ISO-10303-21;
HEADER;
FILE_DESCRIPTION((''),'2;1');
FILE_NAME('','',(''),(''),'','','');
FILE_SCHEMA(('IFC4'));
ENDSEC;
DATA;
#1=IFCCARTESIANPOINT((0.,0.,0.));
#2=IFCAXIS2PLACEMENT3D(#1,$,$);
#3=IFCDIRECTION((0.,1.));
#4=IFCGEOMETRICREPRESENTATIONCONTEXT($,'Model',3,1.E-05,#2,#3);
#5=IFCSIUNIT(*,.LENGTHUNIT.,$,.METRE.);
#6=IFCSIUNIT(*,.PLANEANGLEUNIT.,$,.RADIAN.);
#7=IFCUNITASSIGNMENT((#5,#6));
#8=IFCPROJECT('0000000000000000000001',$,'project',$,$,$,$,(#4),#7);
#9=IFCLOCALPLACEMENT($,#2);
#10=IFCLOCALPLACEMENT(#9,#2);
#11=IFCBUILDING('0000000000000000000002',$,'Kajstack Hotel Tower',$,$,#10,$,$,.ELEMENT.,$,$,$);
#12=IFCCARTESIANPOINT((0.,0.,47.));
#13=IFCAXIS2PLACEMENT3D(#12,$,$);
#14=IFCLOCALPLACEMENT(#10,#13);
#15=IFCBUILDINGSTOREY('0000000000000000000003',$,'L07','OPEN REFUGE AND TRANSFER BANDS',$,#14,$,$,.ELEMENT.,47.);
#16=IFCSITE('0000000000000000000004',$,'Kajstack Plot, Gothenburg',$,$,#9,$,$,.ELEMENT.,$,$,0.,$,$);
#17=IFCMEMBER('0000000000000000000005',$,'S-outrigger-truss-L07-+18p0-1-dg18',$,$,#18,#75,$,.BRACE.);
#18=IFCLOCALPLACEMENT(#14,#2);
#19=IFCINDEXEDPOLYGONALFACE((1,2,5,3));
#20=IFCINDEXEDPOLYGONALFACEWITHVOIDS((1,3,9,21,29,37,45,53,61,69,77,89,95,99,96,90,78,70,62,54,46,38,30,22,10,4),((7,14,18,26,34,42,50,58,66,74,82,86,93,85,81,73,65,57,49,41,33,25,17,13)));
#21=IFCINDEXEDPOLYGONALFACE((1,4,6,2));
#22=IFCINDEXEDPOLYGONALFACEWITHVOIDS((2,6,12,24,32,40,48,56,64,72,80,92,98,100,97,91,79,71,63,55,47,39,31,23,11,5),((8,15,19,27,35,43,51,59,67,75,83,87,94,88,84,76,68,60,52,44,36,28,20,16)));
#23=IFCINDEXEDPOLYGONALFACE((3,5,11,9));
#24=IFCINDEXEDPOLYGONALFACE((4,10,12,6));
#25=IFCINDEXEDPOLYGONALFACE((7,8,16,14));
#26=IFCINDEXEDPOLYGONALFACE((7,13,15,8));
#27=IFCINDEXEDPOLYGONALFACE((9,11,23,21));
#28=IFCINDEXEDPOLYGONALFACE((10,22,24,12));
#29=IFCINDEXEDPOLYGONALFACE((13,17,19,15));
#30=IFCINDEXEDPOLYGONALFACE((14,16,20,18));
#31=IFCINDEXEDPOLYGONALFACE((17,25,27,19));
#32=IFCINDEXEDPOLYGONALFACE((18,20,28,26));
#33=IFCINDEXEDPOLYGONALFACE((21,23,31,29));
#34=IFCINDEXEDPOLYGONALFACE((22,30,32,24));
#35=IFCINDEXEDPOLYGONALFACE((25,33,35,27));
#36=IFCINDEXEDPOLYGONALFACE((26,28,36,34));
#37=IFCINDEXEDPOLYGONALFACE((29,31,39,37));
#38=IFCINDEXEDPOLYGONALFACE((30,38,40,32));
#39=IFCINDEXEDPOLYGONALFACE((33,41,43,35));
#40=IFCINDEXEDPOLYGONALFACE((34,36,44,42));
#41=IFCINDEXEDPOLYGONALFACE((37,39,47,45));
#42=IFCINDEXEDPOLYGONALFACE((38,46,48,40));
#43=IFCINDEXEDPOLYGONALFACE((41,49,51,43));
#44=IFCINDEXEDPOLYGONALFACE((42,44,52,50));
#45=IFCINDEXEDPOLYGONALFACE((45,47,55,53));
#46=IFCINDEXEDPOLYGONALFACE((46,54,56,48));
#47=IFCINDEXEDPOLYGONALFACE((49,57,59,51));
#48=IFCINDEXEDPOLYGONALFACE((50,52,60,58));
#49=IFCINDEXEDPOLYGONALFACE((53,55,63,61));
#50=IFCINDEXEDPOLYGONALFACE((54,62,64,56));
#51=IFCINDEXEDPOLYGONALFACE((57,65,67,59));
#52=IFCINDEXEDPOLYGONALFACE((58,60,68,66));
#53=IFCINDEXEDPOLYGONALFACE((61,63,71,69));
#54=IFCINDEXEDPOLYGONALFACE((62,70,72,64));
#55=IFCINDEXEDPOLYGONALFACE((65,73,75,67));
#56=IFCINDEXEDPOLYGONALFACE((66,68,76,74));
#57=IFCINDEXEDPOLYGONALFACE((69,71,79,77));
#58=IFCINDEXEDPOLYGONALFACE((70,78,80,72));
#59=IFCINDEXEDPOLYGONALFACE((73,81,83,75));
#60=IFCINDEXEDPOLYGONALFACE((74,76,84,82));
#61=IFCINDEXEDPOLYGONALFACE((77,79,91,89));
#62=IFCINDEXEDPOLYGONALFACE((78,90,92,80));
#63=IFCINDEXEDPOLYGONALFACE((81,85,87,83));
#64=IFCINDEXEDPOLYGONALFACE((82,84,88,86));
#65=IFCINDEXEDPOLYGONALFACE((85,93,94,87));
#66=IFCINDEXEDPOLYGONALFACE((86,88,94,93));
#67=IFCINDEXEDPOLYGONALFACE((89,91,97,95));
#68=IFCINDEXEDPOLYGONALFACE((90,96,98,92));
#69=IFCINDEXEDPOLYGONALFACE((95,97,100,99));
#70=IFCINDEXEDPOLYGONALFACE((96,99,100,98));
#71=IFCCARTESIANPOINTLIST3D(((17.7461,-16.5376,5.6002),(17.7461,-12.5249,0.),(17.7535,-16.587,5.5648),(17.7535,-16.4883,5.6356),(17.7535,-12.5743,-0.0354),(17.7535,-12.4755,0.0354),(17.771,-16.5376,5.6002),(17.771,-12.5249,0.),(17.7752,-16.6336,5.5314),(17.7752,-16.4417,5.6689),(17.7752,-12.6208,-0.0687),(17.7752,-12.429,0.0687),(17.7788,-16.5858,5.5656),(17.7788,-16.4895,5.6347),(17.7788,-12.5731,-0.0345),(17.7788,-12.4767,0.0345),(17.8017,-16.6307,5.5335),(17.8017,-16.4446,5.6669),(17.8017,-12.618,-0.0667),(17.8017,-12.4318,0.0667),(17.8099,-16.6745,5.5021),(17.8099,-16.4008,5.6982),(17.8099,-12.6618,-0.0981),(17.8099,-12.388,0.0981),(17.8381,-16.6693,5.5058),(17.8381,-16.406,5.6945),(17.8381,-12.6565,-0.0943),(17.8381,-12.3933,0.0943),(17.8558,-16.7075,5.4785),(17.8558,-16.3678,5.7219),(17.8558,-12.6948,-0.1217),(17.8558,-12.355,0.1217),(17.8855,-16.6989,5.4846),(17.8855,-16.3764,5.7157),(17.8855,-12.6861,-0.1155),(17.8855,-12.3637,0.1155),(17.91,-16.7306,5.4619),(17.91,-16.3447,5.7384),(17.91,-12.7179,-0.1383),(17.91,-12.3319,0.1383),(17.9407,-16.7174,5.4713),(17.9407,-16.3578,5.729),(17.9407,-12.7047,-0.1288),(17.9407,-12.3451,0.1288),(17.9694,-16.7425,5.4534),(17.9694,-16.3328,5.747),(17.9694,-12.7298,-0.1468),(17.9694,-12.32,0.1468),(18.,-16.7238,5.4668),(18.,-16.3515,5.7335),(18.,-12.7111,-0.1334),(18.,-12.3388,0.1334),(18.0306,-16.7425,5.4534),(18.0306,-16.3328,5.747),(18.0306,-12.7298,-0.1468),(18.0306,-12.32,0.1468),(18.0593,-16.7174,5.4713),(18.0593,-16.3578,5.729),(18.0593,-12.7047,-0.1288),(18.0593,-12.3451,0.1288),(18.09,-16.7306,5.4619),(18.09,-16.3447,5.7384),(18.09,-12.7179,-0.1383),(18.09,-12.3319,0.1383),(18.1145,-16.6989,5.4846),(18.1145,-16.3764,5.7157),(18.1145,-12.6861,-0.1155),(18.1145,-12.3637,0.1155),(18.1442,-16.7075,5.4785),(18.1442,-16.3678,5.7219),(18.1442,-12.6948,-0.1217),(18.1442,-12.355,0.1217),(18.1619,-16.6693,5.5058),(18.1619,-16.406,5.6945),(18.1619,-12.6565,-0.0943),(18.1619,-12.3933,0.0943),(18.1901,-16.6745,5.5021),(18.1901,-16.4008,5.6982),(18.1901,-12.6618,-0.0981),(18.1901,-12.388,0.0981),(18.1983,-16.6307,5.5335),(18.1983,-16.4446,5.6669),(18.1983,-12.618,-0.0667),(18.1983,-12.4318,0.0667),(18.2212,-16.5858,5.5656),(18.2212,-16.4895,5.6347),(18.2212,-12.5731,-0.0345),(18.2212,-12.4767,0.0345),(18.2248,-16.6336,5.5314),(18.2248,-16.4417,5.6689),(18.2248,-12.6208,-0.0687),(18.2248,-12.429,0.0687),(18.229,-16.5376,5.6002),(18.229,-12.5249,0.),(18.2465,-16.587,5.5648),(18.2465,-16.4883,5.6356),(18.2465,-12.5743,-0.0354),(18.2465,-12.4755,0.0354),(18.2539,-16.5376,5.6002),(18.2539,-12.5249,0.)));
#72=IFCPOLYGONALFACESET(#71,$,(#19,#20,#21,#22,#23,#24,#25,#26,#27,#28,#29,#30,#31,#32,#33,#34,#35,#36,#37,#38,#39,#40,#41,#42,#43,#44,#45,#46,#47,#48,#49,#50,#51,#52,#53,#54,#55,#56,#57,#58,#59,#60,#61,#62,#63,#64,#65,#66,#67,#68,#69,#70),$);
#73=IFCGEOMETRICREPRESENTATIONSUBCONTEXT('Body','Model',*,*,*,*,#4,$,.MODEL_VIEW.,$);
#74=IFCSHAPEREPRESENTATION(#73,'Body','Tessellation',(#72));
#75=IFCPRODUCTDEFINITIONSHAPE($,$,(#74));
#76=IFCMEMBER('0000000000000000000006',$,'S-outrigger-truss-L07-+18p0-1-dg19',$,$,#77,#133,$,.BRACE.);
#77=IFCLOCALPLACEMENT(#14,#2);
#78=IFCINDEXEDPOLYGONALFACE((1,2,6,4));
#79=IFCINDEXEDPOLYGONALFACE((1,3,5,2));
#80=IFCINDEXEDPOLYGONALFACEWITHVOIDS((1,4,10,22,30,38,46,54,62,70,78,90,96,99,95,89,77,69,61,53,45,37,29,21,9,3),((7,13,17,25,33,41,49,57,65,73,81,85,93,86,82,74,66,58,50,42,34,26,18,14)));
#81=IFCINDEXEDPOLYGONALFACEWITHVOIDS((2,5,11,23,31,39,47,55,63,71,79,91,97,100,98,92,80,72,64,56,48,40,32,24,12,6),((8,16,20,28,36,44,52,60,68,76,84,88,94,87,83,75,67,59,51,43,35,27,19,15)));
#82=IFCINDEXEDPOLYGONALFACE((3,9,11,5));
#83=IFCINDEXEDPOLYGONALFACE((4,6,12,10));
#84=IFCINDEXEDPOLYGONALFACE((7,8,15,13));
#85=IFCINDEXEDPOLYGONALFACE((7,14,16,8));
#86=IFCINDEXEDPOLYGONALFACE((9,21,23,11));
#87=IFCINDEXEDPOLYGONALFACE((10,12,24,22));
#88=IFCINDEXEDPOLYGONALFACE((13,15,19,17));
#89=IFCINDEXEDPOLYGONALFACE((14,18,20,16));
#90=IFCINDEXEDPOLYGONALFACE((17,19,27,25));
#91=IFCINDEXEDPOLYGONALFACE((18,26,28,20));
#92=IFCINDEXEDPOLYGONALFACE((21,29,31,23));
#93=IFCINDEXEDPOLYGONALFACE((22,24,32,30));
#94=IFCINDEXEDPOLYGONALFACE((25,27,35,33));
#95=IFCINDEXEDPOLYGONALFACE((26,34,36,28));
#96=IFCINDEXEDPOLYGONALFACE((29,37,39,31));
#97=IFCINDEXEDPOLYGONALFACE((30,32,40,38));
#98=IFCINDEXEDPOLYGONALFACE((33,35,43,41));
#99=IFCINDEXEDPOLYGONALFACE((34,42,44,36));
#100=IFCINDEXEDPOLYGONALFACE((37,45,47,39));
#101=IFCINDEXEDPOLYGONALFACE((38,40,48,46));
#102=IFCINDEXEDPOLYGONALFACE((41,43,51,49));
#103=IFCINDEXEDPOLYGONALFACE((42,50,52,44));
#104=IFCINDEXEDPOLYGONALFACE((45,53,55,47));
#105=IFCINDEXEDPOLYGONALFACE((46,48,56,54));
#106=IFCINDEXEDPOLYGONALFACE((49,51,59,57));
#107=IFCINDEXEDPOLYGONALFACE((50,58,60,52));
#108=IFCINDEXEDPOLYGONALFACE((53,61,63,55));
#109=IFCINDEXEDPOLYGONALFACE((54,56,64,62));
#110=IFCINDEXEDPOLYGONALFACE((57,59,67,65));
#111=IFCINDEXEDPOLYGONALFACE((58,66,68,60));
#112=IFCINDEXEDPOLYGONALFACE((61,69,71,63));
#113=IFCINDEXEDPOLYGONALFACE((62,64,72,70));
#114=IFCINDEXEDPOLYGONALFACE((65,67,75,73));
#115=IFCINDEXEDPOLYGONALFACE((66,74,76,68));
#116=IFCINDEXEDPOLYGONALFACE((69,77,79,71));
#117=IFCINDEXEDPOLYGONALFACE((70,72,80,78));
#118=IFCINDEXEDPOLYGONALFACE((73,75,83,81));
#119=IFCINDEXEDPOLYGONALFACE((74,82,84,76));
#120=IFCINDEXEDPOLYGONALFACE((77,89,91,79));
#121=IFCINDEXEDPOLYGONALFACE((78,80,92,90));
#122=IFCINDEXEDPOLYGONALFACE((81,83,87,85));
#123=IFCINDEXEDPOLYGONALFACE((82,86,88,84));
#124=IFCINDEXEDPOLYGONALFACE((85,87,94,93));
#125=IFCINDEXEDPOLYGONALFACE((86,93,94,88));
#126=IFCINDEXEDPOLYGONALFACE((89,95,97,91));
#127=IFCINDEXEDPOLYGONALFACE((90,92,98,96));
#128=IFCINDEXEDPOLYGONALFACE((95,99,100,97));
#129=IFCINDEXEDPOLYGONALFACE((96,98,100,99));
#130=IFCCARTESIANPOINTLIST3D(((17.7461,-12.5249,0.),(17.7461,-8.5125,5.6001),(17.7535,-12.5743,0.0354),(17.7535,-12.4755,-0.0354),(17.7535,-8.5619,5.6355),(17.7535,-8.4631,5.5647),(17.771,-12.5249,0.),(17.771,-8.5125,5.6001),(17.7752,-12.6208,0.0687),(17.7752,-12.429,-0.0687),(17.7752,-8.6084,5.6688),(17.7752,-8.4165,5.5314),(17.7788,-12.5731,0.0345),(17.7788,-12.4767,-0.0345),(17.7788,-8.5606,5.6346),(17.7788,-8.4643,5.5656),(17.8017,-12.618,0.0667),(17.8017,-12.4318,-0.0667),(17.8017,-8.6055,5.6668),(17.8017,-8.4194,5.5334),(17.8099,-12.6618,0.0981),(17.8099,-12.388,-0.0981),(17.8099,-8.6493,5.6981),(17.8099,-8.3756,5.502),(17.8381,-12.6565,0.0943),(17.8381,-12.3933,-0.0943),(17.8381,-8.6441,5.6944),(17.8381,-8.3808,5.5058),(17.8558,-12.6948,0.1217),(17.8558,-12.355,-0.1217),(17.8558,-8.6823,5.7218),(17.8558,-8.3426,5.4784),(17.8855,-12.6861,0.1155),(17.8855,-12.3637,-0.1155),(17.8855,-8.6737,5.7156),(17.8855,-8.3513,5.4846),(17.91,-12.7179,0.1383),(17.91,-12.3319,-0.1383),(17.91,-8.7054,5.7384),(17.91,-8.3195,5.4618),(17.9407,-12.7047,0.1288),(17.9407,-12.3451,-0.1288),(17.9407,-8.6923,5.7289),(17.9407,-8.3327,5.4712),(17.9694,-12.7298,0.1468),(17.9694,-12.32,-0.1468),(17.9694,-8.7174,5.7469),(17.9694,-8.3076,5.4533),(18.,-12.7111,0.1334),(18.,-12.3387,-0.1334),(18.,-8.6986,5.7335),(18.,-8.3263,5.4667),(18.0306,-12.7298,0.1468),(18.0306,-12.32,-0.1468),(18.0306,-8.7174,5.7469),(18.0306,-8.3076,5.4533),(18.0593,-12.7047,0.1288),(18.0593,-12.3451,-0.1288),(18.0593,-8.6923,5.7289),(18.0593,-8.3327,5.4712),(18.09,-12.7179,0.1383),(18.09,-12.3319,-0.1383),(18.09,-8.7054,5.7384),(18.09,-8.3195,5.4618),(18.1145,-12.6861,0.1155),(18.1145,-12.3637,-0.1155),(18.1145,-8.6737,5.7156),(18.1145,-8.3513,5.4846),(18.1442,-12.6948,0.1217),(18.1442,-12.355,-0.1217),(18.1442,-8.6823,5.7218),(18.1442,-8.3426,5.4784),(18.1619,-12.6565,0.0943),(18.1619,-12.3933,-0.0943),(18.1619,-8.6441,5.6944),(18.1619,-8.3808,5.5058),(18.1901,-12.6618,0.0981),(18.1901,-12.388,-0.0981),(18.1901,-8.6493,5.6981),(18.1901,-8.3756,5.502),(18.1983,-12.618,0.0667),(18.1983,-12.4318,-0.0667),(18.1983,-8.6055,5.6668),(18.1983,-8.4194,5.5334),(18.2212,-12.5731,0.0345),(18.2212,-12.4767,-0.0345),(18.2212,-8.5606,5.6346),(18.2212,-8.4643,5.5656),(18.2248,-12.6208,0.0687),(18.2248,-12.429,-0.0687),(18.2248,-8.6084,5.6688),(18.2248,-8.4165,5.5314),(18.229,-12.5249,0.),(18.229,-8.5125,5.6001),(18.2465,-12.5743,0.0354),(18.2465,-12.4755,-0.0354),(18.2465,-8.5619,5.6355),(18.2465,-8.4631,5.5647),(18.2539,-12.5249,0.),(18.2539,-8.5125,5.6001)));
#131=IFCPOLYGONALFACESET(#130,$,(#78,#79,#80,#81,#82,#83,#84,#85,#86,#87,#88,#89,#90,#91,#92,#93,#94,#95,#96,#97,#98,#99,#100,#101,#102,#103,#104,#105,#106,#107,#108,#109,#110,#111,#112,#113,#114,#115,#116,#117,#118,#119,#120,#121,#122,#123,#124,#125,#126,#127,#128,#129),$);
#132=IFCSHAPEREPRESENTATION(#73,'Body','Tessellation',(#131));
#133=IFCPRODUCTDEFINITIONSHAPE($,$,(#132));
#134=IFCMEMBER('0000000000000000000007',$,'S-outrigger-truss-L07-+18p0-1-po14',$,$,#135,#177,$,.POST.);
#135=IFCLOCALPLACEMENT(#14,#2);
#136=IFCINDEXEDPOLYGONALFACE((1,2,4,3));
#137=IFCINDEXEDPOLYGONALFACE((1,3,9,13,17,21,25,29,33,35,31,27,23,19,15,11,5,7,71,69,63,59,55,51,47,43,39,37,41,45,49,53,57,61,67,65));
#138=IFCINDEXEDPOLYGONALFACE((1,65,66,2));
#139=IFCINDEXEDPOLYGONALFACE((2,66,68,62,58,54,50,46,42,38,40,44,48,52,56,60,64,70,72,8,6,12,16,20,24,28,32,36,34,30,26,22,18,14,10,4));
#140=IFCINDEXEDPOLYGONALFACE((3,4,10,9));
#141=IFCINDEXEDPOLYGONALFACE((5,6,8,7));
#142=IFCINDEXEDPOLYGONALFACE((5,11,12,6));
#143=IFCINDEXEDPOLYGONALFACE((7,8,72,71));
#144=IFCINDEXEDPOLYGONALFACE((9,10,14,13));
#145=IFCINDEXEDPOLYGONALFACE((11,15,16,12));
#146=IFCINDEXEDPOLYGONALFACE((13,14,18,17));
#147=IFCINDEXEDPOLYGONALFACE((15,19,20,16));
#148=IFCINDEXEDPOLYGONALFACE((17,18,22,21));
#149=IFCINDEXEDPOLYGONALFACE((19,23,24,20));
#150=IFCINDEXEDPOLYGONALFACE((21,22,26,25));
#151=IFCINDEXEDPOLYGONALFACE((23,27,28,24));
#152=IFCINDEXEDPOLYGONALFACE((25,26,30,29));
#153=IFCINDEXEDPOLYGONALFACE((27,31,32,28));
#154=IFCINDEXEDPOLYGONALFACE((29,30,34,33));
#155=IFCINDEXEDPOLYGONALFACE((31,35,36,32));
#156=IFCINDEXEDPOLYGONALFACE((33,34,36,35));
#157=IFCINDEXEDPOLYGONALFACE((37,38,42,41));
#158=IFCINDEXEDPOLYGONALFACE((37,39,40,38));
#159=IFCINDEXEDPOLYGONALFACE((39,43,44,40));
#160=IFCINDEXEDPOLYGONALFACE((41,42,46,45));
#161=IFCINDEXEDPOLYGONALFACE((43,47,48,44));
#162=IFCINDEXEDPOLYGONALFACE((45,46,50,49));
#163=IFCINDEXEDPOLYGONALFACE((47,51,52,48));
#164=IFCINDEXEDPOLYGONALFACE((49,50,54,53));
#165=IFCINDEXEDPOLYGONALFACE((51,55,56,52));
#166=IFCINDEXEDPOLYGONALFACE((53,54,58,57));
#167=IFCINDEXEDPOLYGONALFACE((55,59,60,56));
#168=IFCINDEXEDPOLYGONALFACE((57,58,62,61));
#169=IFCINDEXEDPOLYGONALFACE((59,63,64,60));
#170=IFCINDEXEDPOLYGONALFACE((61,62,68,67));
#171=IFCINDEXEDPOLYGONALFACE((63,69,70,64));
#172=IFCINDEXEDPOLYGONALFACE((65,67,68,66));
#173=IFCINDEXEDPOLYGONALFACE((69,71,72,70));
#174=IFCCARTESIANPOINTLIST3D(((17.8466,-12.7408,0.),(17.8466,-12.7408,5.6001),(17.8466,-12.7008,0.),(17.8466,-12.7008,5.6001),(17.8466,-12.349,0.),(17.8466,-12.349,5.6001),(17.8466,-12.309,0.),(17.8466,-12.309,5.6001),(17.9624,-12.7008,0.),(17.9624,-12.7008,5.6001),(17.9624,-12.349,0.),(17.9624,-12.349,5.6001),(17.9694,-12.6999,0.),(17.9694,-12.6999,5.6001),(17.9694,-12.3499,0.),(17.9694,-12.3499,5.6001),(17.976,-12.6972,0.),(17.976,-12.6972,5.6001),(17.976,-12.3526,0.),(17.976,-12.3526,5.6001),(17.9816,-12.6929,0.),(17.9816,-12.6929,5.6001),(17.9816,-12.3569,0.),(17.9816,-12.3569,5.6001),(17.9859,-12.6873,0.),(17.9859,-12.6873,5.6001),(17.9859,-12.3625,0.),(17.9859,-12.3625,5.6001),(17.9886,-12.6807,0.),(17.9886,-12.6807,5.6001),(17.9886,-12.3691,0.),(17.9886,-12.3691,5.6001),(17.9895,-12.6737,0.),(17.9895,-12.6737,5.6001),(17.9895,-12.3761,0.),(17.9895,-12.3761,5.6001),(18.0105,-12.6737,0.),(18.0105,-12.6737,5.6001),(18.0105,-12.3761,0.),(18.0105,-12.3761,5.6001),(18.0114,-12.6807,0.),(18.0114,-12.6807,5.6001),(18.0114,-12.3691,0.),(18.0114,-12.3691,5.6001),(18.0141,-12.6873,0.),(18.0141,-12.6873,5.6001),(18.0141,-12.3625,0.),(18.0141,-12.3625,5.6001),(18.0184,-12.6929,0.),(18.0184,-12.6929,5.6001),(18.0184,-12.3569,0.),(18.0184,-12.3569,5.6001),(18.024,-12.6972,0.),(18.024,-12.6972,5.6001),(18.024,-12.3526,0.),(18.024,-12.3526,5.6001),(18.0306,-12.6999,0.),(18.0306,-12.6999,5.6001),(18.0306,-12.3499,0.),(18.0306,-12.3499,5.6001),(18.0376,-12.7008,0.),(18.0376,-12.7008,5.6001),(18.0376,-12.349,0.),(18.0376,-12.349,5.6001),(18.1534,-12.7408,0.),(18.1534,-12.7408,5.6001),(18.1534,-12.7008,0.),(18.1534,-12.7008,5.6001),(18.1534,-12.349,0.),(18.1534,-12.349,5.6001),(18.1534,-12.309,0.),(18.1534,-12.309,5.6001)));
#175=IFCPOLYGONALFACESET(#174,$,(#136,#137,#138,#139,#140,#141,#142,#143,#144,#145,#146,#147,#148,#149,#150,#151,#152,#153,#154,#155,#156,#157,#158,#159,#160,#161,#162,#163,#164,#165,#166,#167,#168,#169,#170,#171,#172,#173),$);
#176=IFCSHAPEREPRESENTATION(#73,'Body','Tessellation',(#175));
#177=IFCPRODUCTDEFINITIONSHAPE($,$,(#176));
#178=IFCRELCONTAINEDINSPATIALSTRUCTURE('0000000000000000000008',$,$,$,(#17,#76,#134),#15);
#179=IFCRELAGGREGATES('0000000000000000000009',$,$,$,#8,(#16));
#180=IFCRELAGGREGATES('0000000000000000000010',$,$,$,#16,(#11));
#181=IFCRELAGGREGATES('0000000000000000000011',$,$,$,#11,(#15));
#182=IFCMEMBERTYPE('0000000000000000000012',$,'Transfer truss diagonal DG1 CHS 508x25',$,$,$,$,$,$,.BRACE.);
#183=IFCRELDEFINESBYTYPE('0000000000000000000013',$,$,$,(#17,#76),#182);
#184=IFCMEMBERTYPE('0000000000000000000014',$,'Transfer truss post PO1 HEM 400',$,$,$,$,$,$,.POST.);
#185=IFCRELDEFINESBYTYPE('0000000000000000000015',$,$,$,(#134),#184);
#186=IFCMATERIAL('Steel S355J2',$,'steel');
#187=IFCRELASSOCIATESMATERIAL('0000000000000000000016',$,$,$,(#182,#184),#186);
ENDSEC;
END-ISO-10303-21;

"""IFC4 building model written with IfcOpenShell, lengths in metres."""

from ifc_helpers import new_model, si_unit, direction, frame, origin, origin_2d, place, context, subcontext, project, spatial, hollow_circle, i_section, extrude, material, material_profile, profile_set, type_object, element, save


model = new_model("IFC4")

# Units and contexts
model_context = context("Model", 3, precision=1e-05, world=origin(), true_north=direction((0.0, 1.0)))
body_context = subcontext(model_context, "Body", "Model", "MODEL_VIEW")
ifc_project = project(units=[si_unit("LENGTHUNIT", "METRE"), si_unit("PLANEANGLEUNIT", "RADIAN")], contexts=[model_context])

# Site, building, storey
site_placement = place(None, origin())
site = spatial("IfcSite", under=ifc_project, at=site_placement, Name="Kajstack Plot, Gothenburg", CompositionType="ELEMENT", RefElevation=0.0)
building_placement = place(site_placement, origin())
building = spatial("IfcBuilding", under=site, at=building_placement, Name="Kajstack Hotel Tower", CompositionType="ELEMENT")
storey_placement = place(building_placement, frame((0.0, 0.0, 47.0)))
storey = spatial("IfcBuildingStorey", under=building, at=storey_placement, Name="L07", Description="OPEN REFUGE AND TRANSFER BANDS", CompositionType="ELEMENT", Elevation=47.0)

# Members
ifc_material = material(Name="Steel S355J2", Category="steel")
ifc_material_profile_1 = material_profile(ifc_material, hollow_circle(Radius=0.2539, WallThickness=0.0249, at=origin_2d()), Name="CHS 508x25")
ifc_profile_set_1 = profile_set([ifc_material_profile_1], Name="Steel S355J2")
member_type_1 = type_object("IfcMemberType", Name="Transfer truss diagonal DG1 CHS 508x25", PredefinedType="BRACE", material=ifc_profile_set_1)
member_1_placement = place(storey_placement, frame((18.0, -12.5249, 0.0), z_axis=(0.0, -0.582451, 0.812866), x_axis=(1.0, 0.0, 0.0)))
element("IfcMember", 1, at=member_1_placement, inside=storey, type_object=member_type_1, Name="S-outrigger-truss-L07-+18p0-1-dg18", PredefinedType="BRACE", context=body_context, shape_type="SweptSolid", body=[
    extrude(hollow_circle(Radius=0.2539, WallThickness=0.0249, at=origin_2d()), origin(), (0.0, 0.0, 1.0), 6.8894),
])
member_2_placement = place(storey_placement, frame((18.0, -12.5249, 0.0), z_axis=(0.0, 0.582428, 0.812883), x_axis=(-1.0, 0.0, 0.0)))
element("IfcMember", 2, at=member_2_placement, inside=storey, type_object=member_type_1, Name="S-outrigger-truss-L07-+18p0-1-dg19", PredefinedType="BRACE", context=body_context, shape_type="SweptSolid", body=[
    extrude(hollow_circle(Radius=0.2539, WallThickness=0.0249, at=origin_2d()), origin(), (0.0, 0.0, 1.0), 6.8892),
])
ifc_material_profile_2 = material_profile(ifc_material, i_section(OverallWidth=0.3069, OverallDepth=0.4319, WebThickness=0.021, FlangeThickness=0.04, FilletRadius=0.0271, at=origin_2d()), Name="HEM 400")
ifc_profile_set_2 = profile_set([ifc_material_profile_2], Name="Steel S355J2")
member_type_2 = type_object("IfcMemberType", Name="Transfer truss post PO1 HEM 400", PredefinedType="POST", material=ifc_profile_set_2)
for number, where, z_axis, x_axis, name in (
    (3, (18.0, -12.5249, 0.0), (0.0, 0.0, 1.0), (1.0, 0.0, 0.0), "S-outrigger-truss-L07-+18p0-1-po14"),
):
    element("IfcMember", number, at=place(storey_placement, frame(where, z_axis=z_axis, x_axis=x_axis)), inside=storey, type_object=member_type_2, Name=name, PredefinedType="POST", context=body_context, shape_type="SweptSolid", body=[
        extrude(i_section(OverallWidth=0.3069, OverallDepth=0.4319, WebThickness=0.021, FlangeThickness=0.04, FilletRadius=0.0271, at=origin_2d()), origin(), (0.0, 0.0, 1.0), 5.6001),
    ])

save(model, "model.ifc")
